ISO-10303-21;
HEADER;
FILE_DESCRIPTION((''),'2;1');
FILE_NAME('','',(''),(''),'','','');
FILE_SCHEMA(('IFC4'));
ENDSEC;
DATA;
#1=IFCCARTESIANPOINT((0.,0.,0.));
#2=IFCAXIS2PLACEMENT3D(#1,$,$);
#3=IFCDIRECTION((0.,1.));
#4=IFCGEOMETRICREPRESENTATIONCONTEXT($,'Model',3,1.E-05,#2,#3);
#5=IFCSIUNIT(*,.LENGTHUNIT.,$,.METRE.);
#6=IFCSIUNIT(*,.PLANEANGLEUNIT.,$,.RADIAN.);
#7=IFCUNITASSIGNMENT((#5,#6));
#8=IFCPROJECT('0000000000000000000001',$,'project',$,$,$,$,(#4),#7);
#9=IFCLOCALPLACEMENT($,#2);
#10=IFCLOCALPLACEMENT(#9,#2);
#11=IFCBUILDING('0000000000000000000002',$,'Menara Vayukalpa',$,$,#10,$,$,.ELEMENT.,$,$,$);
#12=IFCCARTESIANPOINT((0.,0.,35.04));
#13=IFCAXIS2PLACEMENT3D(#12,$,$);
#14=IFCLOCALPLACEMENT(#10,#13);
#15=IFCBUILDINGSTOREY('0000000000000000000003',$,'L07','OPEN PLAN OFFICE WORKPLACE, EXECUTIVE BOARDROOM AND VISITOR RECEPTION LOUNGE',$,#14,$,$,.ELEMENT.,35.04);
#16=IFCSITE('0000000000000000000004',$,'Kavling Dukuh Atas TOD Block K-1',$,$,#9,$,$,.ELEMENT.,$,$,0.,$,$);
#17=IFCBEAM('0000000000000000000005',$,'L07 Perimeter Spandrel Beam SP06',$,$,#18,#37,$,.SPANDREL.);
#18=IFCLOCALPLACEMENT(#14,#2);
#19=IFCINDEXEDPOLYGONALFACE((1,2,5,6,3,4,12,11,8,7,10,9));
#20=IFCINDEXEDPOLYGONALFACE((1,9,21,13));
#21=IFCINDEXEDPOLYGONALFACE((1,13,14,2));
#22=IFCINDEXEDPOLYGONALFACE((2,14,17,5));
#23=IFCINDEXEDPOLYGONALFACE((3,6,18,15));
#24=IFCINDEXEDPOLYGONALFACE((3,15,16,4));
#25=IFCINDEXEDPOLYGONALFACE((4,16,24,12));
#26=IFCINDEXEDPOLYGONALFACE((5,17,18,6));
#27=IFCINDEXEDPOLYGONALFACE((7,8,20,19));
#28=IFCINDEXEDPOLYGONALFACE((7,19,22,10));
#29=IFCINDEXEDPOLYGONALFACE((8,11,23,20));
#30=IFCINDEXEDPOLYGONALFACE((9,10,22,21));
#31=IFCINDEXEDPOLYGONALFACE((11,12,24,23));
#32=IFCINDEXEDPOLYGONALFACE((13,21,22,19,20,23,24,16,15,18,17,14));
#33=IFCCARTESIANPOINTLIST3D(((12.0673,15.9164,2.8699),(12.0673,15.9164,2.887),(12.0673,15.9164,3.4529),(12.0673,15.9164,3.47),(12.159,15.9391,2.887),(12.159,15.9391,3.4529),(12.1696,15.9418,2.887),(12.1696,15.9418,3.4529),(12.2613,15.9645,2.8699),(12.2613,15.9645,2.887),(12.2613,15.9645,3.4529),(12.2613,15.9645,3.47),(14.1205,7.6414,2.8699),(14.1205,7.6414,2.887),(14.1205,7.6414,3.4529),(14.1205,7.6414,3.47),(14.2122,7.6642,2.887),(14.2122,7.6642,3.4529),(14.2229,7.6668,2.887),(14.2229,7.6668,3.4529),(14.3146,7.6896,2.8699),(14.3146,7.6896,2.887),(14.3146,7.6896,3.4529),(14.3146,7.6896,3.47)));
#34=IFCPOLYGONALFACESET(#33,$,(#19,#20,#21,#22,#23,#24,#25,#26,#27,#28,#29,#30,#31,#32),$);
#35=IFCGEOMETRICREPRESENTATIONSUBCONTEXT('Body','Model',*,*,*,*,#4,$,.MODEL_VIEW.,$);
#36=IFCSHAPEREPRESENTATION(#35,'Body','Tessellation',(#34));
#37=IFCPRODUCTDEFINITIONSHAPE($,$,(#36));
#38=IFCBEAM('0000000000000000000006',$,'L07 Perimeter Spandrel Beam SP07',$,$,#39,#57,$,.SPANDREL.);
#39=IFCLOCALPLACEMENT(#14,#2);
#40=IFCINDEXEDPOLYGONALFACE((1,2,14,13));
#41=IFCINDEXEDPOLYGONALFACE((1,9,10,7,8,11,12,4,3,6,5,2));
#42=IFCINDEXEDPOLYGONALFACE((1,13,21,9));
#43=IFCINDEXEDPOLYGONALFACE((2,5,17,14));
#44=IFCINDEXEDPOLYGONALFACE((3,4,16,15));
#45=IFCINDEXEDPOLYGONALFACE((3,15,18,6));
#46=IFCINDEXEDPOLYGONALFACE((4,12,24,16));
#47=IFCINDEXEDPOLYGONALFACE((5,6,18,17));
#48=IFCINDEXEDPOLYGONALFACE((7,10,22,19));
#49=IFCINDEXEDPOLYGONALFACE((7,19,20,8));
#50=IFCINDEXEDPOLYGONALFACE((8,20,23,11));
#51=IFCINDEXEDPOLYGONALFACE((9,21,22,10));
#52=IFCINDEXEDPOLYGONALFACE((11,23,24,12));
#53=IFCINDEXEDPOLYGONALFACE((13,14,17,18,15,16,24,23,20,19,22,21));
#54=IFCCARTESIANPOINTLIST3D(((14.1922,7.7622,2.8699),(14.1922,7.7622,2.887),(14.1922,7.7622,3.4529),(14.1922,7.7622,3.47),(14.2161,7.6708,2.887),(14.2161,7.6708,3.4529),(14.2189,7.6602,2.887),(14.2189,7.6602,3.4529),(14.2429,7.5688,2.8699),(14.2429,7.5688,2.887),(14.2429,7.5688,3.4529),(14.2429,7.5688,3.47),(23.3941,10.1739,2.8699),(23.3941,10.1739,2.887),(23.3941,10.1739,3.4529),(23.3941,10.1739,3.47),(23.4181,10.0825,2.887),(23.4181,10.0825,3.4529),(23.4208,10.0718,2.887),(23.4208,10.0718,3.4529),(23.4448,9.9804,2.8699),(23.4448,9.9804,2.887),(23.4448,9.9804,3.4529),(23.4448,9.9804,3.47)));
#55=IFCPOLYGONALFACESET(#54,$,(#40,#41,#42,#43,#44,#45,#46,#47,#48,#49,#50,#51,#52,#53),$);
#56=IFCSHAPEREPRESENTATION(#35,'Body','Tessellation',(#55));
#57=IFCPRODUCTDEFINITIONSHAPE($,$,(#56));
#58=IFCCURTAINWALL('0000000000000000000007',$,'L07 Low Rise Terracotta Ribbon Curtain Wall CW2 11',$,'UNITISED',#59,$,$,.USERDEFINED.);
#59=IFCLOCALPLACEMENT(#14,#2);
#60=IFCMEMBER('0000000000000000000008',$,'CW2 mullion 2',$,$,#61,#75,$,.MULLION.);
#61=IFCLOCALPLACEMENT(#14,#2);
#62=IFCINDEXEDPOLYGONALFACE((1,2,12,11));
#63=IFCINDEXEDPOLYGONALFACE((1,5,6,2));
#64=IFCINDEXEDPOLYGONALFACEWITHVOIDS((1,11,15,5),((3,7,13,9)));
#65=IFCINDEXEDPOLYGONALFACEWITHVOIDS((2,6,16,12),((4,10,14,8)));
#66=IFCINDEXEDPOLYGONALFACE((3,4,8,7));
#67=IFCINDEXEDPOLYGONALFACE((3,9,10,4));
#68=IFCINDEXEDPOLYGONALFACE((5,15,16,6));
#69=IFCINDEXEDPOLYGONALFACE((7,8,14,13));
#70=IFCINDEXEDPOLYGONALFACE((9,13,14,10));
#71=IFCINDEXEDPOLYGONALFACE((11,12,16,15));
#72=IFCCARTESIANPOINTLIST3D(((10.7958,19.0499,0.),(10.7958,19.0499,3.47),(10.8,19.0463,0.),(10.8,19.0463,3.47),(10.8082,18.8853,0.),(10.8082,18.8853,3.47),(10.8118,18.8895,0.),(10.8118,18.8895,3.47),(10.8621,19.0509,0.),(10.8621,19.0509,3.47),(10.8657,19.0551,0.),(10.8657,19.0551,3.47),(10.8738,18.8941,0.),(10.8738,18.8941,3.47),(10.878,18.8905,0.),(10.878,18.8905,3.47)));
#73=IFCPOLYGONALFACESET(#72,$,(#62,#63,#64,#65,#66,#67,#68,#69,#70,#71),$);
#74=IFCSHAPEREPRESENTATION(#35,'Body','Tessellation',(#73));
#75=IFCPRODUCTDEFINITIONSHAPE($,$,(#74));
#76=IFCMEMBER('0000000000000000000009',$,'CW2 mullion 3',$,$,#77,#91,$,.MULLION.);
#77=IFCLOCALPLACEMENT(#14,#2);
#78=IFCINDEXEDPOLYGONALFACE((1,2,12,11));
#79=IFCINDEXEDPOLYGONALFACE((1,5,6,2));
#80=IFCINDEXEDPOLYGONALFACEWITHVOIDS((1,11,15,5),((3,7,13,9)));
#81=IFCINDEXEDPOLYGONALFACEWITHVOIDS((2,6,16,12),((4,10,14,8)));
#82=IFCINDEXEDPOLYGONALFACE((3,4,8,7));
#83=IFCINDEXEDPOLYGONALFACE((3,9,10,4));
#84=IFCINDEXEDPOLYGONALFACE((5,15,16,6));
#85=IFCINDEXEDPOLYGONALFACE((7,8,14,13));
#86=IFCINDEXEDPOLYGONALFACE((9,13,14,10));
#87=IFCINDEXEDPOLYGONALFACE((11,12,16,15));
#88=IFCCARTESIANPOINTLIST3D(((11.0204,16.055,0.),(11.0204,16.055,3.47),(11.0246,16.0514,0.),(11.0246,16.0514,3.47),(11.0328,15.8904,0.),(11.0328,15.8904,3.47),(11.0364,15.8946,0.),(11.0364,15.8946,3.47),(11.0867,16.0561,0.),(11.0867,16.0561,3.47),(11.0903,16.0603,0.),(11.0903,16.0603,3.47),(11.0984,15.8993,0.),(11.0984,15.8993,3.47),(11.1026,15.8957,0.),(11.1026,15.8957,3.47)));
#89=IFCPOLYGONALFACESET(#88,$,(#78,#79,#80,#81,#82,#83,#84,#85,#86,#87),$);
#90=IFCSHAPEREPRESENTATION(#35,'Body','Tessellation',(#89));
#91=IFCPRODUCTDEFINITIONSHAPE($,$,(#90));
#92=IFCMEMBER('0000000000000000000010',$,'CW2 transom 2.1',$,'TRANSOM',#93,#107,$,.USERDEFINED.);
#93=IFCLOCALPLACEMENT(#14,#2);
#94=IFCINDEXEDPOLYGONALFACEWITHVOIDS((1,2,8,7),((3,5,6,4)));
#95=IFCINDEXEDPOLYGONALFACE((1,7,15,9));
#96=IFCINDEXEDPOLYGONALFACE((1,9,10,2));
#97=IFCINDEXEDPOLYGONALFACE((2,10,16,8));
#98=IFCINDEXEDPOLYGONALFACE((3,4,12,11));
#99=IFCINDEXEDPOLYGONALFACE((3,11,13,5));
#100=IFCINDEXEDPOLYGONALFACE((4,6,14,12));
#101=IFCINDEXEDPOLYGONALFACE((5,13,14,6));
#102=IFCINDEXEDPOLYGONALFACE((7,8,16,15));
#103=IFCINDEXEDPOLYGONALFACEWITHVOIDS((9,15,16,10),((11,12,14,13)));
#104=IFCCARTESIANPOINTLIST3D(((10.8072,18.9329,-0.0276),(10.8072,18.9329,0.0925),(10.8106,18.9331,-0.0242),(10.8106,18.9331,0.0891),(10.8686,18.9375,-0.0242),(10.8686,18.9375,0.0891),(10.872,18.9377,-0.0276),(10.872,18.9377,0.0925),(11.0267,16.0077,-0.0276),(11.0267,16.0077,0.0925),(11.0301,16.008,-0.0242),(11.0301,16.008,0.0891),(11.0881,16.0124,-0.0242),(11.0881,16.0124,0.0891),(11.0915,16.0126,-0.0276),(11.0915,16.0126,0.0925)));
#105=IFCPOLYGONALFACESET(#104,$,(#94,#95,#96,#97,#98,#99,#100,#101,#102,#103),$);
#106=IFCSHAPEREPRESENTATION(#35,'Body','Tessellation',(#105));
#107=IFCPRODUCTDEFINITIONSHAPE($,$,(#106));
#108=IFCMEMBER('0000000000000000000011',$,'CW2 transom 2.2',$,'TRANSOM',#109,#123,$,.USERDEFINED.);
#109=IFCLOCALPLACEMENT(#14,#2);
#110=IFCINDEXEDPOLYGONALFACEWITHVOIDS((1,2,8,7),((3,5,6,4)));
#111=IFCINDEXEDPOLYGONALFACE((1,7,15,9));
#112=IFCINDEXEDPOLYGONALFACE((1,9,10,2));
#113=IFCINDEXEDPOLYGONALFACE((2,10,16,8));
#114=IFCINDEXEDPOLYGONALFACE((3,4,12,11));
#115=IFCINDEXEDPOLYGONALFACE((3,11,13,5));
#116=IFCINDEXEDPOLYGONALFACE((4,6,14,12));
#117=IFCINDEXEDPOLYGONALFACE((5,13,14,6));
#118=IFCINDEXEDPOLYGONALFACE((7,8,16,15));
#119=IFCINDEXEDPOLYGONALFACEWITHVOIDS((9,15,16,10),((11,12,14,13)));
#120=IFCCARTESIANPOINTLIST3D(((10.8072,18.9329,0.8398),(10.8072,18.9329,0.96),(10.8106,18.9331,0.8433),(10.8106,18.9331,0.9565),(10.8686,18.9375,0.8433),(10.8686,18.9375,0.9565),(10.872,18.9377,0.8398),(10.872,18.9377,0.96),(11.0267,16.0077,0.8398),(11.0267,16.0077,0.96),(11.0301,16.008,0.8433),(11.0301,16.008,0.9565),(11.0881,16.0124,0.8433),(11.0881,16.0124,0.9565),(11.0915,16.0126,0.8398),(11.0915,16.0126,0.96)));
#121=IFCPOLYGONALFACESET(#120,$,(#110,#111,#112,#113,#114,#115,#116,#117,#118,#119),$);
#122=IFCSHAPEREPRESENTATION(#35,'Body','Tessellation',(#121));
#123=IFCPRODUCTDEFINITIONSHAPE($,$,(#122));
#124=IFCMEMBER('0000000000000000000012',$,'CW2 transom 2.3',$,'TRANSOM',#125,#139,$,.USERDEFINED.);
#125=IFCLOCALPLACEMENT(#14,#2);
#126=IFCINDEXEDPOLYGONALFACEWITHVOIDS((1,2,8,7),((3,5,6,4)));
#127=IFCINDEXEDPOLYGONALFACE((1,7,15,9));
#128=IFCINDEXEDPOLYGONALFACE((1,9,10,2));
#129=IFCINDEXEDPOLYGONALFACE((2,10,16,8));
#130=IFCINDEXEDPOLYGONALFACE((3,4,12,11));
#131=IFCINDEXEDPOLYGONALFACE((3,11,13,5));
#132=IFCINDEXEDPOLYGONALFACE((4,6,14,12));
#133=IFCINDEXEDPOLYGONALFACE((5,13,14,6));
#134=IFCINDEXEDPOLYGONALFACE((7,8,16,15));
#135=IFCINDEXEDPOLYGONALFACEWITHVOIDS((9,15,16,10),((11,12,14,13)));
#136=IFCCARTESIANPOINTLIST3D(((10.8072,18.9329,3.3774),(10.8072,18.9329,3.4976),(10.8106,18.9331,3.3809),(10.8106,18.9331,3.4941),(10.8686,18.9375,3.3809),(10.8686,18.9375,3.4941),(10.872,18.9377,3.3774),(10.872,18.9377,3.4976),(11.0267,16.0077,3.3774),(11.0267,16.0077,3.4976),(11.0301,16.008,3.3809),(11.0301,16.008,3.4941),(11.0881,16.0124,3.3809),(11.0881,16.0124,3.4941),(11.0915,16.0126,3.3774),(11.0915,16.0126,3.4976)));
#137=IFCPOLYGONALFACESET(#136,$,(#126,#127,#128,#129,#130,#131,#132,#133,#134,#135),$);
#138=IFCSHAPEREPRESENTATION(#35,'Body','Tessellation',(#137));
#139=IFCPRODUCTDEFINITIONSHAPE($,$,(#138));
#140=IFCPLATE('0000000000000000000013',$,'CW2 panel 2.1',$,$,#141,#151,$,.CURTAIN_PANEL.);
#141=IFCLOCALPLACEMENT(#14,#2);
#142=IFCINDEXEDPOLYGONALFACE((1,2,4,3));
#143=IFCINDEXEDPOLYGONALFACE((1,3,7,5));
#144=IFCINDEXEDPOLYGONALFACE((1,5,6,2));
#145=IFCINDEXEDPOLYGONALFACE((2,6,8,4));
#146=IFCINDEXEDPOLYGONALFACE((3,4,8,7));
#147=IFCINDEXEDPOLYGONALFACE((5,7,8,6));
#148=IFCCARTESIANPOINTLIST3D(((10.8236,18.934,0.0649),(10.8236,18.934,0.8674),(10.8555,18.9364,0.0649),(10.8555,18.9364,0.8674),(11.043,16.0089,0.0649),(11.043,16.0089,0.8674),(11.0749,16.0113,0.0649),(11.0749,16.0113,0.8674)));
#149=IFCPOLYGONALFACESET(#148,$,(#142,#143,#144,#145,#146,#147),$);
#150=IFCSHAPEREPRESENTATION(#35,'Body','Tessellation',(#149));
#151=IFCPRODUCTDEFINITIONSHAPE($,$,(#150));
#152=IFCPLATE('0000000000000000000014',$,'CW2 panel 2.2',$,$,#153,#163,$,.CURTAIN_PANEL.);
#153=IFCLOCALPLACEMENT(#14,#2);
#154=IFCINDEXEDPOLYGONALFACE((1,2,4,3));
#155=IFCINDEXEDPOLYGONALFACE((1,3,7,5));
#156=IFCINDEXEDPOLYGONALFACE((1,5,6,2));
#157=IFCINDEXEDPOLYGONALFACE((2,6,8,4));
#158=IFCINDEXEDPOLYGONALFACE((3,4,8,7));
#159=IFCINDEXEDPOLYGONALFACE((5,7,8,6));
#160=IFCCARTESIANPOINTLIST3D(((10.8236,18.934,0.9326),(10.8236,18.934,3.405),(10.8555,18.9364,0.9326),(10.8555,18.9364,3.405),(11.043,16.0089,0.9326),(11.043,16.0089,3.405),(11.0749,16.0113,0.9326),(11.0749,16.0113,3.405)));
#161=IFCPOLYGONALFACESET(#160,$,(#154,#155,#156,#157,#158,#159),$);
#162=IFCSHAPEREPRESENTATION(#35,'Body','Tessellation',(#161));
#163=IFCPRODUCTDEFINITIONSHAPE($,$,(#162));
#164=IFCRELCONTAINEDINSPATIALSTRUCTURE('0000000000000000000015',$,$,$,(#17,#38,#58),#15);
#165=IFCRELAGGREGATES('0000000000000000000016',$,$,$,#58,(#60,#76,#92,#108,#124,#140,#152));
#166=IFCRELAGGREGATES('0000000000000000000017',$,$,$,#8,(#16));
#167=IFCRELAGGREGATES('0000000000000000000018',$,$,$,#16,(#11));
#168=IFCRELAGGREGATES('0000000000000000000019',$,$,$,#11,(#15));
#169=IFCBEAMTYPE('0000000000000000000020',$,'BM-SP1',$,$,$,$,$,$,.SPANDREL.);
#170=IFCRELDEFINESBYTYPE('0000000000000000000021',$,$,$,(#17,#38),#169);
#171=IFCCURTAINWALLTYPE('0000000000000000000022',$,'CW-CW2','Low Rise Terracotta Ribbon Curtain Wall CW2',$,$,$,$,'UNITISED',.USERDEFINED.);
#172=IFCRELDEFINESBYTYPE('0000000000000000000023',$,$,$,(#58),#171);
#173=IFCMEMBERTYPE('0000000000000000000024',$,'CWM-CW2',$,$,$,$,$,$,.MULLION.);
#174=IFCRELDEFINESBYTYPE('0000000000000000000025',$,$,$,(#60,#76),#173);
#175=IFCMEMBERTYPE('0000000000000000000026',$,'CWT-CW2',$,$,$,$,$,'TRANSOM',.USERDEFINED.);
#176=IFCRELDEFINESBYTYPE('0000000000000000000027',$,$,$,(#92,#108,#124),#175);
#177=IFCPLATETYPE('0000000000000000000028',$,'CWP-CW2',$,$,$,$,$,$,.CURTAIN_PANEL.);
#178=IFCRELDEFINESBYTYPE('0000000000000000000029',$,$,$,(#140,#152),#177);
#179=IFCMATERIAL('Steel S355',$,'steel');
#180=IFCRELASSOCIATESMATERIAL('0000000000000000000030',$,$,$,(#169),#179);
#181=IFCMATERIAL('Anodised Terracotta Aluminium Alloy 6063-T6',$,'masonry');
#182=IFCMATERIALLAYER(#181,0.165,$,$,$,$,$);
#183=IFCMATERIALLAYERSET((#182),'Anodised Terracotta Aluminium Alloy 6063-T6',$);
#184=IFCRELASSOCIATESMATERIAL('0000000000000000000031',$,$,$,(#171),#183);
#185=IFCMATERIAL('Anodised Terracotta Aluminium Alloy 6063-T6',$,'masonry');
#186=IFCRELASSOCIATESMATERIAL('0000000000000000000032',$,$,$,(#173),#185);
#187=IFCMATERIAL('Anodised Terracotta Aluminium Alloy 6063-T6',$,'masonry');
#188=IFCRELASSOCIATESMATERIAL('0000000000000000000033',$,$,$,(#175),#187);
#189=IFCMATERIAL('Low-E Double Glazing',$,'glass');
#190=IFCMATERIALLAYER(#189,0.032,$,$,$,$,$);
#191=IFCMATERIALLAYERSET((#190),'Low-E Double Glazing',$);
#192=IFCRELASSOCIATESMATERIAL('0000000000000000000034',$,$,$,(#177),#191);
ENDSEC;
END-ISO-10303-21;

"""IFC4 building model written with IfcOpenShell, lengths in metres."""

from ifc_helpers import new_model, si_unit, direction, frame, origin, origin_2d, place, context, subcontext, project, spatial, rectangle, hollow_rectangle, i_section, extrude, material, layer, layer_set, material_profile, profile_set, type_object, element, aggregate, save


model = new_model("IFC4")

# Units and contexts
model_context = context("Model", 3, precision=1e-05, world=origin(), true_north=direction((0.0, 1.0)))
body_context = subcontext(model_context, "Body", "Model", "MODEL_VIEW")
ifc_project = project(units=[si_unit("LENGTHUNIT", "METRE"), si_unit("PLANEANGLEUNIT", "RADIAN")], contexts=[model_context])

# Site, building, storey
site_placement = place(None, origin())
site = spatial("IfcSite", under=ifc_project, at=site_placement, Name="Kavling Dukuh Atas TOD Block K-1", CompositionType="ELEMENT", RefElevation=0.0)
building_placement = place(site_placement, origin())
building = spatial("IfcBuilding", under=site, at=building_placement, Name="Menara Vayukalpa", CompositionType="ELEMENT")
storey_placement = place(building_placement, frame((0.0, 0.0, 35.04)))
storey = spatial("IfcBuildingStorey", under=building, at=storey_placement, Name="L07", Description="OPEN PLAN OFFICE WORKPLACE, EXECUTIVE BOARDROOM AND VISITOR RECEPTION LOUNGE", CompositionType="ELEMENT", Elevation=35.04)

# Beams
ifc_material_1 = material(Name="Steel S355", Category="steel")
ifc_material_profile_1 = material_profile(ifc_material_1, i_section(OverallWidth=0.2, OverallDepth=0.6001, WebThickness=0.011, FlangeThickness=0.0171, at=origin_2d()), Name="WF 600x200x11x17")
ifc_profile_set_1 = profile_set([ifc_material_profile_1], Name="Steel S355")
beam_type_1 = type_object("IfcBeamType", Name="BM-SP1", PredefinedType="SPANDREL", material=ifc_profile_set_1)
beam_1_placement = place(storey_placement, frame((12.1643, 15.9404, 3.1699), z_axis=(0.240824, -0.970569, 0.0), x_axis=(0.970569, 0.240824, 0.0)))
element("IfcBeam", 1, at=beam_1_placement, inside=storey, type_object=beam_type_1, Name="L07 Perimeter Spandrel Beam SP06", PredefinedType="SPANDREL", context=body_context, shape_type="SweptSolid", body=[
    extrude(i_section(OverallWidth=0.2, OverallDepth=0.6001, WebThickness=0.011, FlangeThickness=0.0171, at=origin_2d()), origin(), (0.0, 0.0, 1.0), 8.5259),
])
beam_2_placement = place(storey_placement, frame((14.2175, 7.6655, 3.1699), z_axis=(0.967331, 0.253517, 0.0), x_axis=(-0.253517, 0.967331, 0.0)))
element("IfcBeam", 2, at=beam_2_placement, inside=storey, type_object=beam_type_1, Name="L07 Perimeter Spandrel Beam SP07", PredefinedType="SPANDREL", context=body_context, shape_type="SweptSolid", body=[
    extrude(i_section(OverallWidth=0.2, OverallDepth=0.6001, WebThickness=0.011, FlangeThickness=0.0171, at=origin_2d()), origin(), (0.0, 0.0, 1.0), 9.5127),
])

# Curtain wall, members, plates
ifc_material_2 = material(Name="Anodised Terracotta Aluminium Alloy 6063-T6", Category="masonry")
ifc_layer_1 = layer(ifc_material_2, 0.165)
ifc_layer_set_1 = layer_set([ifc_layer_1], Name="Anodised Terracotta Aluminium Alloy 6063-T6")
curtain_wall_type = type_object("IfcCurtainWallType", Name="CW-CW2", Description="Low Rise Terracotta Ribbon Curtain Wall CW2", ElementType="UNITISED", PredefinedType="USERDEFINED", material=ifc_layer_set_1)
curtain_wall_placement = place(storey_placement, origin())
curtain_wall = element("IfcCurtainWall", 3, at=curtain_wall_placement, inside=storey, type_object=curtain_wall_type, Name="L07 Low Rise Terracotta Ribbon Curtain Wall CW2 11", ObjectType="UNITISED", PredefinedType="USERDEFINED")
ifc_material_3 = material(Name="Anodised Terracotta Aluminium Alloy 6063-T6", Category="masonry")
ifc_material_profile_2 = material_profile(ifc_material_3, hollow_rectangle(XDim=0.0701, YDim=0.165, WallThickness=0.0039, at=origin_2d()), Name="ALU 70x165x4")
ifc_profile_set_2 = profile_set([ifc_material_profile_2], Name="Anodised Terracotta Aluminium Alloy 6063-T6")
member_type_1 = type_object("IfcMemberType", Name="CWM-CW2", PredefinedType="MULLION", material=ifc_profile_set_2)
member_1_placement = place(storey_placement, frame((10.8369, 18.9702, 0.0), z_axis=(0.0, 0.0, 1.0), x_axis=(0.997199, 0.074795, 0.0)))
member_1 = element("IfcMember", 4, at=member_1_placement, type_object=member_type_1, Name="CW2 mullion 2", PredefinedType="MULLION", context=body_context, shape_type="SweptSolid", body=[
    extrude(hollow_rectangle(XDim=0.0701, YDim=0.165, WallThickness=0.0039, at=origin_2d()), origin(), (0.0, 0.0, 1.0), 3.47),
])
member_2_placement = place(storey_placement, frame((11.0615, 15.9753, 0.0), z_axis=(0.0, 0.0, 1.0), x_axis=(0.997199, 0.074795, 0.0)))
member_2 = element("IfcMember", 5, at=member_2_placement, type_object=member_type_1, Name="CW2 mullion 3", PredefinedType="MULLION", context=body_context, shape_type="SweptSolid", body=[
    extrude(hollow_rectangle(XDim=0.0701, YDim=0.165, WallThickness=0.0039, at=origin_2d()), origin(), (0.0, 0.0, 1.0), 3.47),
])
ifc_material_4 = material(Name="Anodised Terracotta Aluminium Alloy 6063-T6", Category="masonry")
ifc_material_profile_3 = material_profile(ifc_material_4, hollow_rectangle(XDim=0.0649, YDim=0.1201, WallThickness=0.0034, at=origin_2d()), Name="ALU 65x120x3.5")
ifc_profile_set_3 = profile_set([ifc_material_profile_3], Name="Anodised Terracotta Aluminium Alloy 6063-T6")
member_type_2 = type_object("IfcMemberType", Name="CWT-CW2", ElementType="TRANSOM", PredefinedType="USERDEFINED", material=ifc_profile_set_3)
member_3_placement = place(storey_placement, frame((10.8396, 18.9353, 0.0325), z_axis=(0.074825, -0.997197, 0.0), x_axis=(0.997197, 0.074825, 0.0)))
member_3 = element("IfcMember", 6, at=member_3_placement, type_object=member_type_2, Name="CW2 transom 2.1", ObjectType="TRANSOM", PredefinedType="USERDEFINED", context=body_context, shape_type="SweptSolid", body=[
    extrude(hollow_rectangle(XDim=0.0649, YDim=0.1201, WallThickness=0.0034, at=origin_2d()), origin(), (0.0, 0.0, 1.0), 2.9333),
])
member_4_placement = place(storey_placement, frame((10.8396, 18.9353, 0.8999), z_axis=(0.074825, -0.997197, 0.0), x_axis=(0.997197, 0.074825, 0.0)))
member_4 = element("IfcMember", 7, at=member_4_placement, type_object=member_type_2, Name="CW2 transom 2.2", ObjectType="TRANSOM", PredefinedType="USERDEFINED", context=body_context, shape_type="SweptSolid", body=[
    extrude(hollow_rectangle(XDim=0.0649, YDim=0.1201, WallThickness=0.0034, at=origin_2d()), origin(), (0.0, 0.0, 1.0), 2.9333),
])
member_5_placement = place(storey_placement, frame((10.8396, 18.9353, 3.4375), z_axis=(0.074825, -0.997197, 0.0), x_axis=(0.997197, 0.074825, 0.0)))
member_5 = element("IfcMember", 8, at=member_5_placement, type_object=member_type_2, Name="CW2 transom 2.3", ObjectType="TRANSOM", PredefinedType="USERDEFINED", context=body_context, shape_type="SweptSolid", body=[
    extrude(hollow_rectangle(XDim=0.0649, YDim=0.1201, WallThickness=0.0034, at=origin_2d()), origin(), (0.0, 0.0, 1.0), 2.9333),
])
ifc_material_5 = material(Name="Low-E Double Glazing", Category="glass")
ifc_layer_2 = layer(ifc_material_5, 0.032)
ifc_layer_set_2 = layer_set([ifc_layer_2], Name="Low-E Double Glazing")
plate_type = type_object("IfcPlateType", Name="CWP-CW2", PredefinedType="CURTAIN_PANEL", material=ifc_layer_set_2)
plate_1_placement = place(storey_placement, frame((10.9492, 17.4727, 0.0649), z_axis=(0.0, 0.0, 1.0), x_axis=(0.074795, -0.997199, 0.0)))
plate_1 = element("IfcPlate", 9, at=plate_1_placement, type_object=plate_type, Name="CW2 panel 2.1", PredefinedType="CURTAIN_PANEL", context=body_context, shape_type="SweptSolid", body=[
    extrude(rectangle(XDim=2.9333, YDim=0.032, at=origin_2d()), origin(), (0.0, 0.0, 1.0), 0.8025),
])
plate_2_placement = place(storey_placement, frame((10.9492, 17.4727, 0.9326), z_axis=(0.0, 0.0, 1.0), x_axis=(0.074795, -0.997199, 0.0)))
plate_2 = element("IfcPlate", 10, at=plate_2_placement, type_object=plate_type, Name="CW2 panel 2.2", PredefinedType="CURTAIN_PANEL", context=body_context, shape_type="SweptSolid", body=[
    extrude(rectangle(XDim=2.9333, YDim=0.032, at=origin_2d()), origin(), (0.0, 0.0, 1.0), 2.4724),
])
aggregate(curtain_wall, [member_1, member_2, member_3, member_4, member_5, plate_1, plate_2])

save(model, "model.ifc")
